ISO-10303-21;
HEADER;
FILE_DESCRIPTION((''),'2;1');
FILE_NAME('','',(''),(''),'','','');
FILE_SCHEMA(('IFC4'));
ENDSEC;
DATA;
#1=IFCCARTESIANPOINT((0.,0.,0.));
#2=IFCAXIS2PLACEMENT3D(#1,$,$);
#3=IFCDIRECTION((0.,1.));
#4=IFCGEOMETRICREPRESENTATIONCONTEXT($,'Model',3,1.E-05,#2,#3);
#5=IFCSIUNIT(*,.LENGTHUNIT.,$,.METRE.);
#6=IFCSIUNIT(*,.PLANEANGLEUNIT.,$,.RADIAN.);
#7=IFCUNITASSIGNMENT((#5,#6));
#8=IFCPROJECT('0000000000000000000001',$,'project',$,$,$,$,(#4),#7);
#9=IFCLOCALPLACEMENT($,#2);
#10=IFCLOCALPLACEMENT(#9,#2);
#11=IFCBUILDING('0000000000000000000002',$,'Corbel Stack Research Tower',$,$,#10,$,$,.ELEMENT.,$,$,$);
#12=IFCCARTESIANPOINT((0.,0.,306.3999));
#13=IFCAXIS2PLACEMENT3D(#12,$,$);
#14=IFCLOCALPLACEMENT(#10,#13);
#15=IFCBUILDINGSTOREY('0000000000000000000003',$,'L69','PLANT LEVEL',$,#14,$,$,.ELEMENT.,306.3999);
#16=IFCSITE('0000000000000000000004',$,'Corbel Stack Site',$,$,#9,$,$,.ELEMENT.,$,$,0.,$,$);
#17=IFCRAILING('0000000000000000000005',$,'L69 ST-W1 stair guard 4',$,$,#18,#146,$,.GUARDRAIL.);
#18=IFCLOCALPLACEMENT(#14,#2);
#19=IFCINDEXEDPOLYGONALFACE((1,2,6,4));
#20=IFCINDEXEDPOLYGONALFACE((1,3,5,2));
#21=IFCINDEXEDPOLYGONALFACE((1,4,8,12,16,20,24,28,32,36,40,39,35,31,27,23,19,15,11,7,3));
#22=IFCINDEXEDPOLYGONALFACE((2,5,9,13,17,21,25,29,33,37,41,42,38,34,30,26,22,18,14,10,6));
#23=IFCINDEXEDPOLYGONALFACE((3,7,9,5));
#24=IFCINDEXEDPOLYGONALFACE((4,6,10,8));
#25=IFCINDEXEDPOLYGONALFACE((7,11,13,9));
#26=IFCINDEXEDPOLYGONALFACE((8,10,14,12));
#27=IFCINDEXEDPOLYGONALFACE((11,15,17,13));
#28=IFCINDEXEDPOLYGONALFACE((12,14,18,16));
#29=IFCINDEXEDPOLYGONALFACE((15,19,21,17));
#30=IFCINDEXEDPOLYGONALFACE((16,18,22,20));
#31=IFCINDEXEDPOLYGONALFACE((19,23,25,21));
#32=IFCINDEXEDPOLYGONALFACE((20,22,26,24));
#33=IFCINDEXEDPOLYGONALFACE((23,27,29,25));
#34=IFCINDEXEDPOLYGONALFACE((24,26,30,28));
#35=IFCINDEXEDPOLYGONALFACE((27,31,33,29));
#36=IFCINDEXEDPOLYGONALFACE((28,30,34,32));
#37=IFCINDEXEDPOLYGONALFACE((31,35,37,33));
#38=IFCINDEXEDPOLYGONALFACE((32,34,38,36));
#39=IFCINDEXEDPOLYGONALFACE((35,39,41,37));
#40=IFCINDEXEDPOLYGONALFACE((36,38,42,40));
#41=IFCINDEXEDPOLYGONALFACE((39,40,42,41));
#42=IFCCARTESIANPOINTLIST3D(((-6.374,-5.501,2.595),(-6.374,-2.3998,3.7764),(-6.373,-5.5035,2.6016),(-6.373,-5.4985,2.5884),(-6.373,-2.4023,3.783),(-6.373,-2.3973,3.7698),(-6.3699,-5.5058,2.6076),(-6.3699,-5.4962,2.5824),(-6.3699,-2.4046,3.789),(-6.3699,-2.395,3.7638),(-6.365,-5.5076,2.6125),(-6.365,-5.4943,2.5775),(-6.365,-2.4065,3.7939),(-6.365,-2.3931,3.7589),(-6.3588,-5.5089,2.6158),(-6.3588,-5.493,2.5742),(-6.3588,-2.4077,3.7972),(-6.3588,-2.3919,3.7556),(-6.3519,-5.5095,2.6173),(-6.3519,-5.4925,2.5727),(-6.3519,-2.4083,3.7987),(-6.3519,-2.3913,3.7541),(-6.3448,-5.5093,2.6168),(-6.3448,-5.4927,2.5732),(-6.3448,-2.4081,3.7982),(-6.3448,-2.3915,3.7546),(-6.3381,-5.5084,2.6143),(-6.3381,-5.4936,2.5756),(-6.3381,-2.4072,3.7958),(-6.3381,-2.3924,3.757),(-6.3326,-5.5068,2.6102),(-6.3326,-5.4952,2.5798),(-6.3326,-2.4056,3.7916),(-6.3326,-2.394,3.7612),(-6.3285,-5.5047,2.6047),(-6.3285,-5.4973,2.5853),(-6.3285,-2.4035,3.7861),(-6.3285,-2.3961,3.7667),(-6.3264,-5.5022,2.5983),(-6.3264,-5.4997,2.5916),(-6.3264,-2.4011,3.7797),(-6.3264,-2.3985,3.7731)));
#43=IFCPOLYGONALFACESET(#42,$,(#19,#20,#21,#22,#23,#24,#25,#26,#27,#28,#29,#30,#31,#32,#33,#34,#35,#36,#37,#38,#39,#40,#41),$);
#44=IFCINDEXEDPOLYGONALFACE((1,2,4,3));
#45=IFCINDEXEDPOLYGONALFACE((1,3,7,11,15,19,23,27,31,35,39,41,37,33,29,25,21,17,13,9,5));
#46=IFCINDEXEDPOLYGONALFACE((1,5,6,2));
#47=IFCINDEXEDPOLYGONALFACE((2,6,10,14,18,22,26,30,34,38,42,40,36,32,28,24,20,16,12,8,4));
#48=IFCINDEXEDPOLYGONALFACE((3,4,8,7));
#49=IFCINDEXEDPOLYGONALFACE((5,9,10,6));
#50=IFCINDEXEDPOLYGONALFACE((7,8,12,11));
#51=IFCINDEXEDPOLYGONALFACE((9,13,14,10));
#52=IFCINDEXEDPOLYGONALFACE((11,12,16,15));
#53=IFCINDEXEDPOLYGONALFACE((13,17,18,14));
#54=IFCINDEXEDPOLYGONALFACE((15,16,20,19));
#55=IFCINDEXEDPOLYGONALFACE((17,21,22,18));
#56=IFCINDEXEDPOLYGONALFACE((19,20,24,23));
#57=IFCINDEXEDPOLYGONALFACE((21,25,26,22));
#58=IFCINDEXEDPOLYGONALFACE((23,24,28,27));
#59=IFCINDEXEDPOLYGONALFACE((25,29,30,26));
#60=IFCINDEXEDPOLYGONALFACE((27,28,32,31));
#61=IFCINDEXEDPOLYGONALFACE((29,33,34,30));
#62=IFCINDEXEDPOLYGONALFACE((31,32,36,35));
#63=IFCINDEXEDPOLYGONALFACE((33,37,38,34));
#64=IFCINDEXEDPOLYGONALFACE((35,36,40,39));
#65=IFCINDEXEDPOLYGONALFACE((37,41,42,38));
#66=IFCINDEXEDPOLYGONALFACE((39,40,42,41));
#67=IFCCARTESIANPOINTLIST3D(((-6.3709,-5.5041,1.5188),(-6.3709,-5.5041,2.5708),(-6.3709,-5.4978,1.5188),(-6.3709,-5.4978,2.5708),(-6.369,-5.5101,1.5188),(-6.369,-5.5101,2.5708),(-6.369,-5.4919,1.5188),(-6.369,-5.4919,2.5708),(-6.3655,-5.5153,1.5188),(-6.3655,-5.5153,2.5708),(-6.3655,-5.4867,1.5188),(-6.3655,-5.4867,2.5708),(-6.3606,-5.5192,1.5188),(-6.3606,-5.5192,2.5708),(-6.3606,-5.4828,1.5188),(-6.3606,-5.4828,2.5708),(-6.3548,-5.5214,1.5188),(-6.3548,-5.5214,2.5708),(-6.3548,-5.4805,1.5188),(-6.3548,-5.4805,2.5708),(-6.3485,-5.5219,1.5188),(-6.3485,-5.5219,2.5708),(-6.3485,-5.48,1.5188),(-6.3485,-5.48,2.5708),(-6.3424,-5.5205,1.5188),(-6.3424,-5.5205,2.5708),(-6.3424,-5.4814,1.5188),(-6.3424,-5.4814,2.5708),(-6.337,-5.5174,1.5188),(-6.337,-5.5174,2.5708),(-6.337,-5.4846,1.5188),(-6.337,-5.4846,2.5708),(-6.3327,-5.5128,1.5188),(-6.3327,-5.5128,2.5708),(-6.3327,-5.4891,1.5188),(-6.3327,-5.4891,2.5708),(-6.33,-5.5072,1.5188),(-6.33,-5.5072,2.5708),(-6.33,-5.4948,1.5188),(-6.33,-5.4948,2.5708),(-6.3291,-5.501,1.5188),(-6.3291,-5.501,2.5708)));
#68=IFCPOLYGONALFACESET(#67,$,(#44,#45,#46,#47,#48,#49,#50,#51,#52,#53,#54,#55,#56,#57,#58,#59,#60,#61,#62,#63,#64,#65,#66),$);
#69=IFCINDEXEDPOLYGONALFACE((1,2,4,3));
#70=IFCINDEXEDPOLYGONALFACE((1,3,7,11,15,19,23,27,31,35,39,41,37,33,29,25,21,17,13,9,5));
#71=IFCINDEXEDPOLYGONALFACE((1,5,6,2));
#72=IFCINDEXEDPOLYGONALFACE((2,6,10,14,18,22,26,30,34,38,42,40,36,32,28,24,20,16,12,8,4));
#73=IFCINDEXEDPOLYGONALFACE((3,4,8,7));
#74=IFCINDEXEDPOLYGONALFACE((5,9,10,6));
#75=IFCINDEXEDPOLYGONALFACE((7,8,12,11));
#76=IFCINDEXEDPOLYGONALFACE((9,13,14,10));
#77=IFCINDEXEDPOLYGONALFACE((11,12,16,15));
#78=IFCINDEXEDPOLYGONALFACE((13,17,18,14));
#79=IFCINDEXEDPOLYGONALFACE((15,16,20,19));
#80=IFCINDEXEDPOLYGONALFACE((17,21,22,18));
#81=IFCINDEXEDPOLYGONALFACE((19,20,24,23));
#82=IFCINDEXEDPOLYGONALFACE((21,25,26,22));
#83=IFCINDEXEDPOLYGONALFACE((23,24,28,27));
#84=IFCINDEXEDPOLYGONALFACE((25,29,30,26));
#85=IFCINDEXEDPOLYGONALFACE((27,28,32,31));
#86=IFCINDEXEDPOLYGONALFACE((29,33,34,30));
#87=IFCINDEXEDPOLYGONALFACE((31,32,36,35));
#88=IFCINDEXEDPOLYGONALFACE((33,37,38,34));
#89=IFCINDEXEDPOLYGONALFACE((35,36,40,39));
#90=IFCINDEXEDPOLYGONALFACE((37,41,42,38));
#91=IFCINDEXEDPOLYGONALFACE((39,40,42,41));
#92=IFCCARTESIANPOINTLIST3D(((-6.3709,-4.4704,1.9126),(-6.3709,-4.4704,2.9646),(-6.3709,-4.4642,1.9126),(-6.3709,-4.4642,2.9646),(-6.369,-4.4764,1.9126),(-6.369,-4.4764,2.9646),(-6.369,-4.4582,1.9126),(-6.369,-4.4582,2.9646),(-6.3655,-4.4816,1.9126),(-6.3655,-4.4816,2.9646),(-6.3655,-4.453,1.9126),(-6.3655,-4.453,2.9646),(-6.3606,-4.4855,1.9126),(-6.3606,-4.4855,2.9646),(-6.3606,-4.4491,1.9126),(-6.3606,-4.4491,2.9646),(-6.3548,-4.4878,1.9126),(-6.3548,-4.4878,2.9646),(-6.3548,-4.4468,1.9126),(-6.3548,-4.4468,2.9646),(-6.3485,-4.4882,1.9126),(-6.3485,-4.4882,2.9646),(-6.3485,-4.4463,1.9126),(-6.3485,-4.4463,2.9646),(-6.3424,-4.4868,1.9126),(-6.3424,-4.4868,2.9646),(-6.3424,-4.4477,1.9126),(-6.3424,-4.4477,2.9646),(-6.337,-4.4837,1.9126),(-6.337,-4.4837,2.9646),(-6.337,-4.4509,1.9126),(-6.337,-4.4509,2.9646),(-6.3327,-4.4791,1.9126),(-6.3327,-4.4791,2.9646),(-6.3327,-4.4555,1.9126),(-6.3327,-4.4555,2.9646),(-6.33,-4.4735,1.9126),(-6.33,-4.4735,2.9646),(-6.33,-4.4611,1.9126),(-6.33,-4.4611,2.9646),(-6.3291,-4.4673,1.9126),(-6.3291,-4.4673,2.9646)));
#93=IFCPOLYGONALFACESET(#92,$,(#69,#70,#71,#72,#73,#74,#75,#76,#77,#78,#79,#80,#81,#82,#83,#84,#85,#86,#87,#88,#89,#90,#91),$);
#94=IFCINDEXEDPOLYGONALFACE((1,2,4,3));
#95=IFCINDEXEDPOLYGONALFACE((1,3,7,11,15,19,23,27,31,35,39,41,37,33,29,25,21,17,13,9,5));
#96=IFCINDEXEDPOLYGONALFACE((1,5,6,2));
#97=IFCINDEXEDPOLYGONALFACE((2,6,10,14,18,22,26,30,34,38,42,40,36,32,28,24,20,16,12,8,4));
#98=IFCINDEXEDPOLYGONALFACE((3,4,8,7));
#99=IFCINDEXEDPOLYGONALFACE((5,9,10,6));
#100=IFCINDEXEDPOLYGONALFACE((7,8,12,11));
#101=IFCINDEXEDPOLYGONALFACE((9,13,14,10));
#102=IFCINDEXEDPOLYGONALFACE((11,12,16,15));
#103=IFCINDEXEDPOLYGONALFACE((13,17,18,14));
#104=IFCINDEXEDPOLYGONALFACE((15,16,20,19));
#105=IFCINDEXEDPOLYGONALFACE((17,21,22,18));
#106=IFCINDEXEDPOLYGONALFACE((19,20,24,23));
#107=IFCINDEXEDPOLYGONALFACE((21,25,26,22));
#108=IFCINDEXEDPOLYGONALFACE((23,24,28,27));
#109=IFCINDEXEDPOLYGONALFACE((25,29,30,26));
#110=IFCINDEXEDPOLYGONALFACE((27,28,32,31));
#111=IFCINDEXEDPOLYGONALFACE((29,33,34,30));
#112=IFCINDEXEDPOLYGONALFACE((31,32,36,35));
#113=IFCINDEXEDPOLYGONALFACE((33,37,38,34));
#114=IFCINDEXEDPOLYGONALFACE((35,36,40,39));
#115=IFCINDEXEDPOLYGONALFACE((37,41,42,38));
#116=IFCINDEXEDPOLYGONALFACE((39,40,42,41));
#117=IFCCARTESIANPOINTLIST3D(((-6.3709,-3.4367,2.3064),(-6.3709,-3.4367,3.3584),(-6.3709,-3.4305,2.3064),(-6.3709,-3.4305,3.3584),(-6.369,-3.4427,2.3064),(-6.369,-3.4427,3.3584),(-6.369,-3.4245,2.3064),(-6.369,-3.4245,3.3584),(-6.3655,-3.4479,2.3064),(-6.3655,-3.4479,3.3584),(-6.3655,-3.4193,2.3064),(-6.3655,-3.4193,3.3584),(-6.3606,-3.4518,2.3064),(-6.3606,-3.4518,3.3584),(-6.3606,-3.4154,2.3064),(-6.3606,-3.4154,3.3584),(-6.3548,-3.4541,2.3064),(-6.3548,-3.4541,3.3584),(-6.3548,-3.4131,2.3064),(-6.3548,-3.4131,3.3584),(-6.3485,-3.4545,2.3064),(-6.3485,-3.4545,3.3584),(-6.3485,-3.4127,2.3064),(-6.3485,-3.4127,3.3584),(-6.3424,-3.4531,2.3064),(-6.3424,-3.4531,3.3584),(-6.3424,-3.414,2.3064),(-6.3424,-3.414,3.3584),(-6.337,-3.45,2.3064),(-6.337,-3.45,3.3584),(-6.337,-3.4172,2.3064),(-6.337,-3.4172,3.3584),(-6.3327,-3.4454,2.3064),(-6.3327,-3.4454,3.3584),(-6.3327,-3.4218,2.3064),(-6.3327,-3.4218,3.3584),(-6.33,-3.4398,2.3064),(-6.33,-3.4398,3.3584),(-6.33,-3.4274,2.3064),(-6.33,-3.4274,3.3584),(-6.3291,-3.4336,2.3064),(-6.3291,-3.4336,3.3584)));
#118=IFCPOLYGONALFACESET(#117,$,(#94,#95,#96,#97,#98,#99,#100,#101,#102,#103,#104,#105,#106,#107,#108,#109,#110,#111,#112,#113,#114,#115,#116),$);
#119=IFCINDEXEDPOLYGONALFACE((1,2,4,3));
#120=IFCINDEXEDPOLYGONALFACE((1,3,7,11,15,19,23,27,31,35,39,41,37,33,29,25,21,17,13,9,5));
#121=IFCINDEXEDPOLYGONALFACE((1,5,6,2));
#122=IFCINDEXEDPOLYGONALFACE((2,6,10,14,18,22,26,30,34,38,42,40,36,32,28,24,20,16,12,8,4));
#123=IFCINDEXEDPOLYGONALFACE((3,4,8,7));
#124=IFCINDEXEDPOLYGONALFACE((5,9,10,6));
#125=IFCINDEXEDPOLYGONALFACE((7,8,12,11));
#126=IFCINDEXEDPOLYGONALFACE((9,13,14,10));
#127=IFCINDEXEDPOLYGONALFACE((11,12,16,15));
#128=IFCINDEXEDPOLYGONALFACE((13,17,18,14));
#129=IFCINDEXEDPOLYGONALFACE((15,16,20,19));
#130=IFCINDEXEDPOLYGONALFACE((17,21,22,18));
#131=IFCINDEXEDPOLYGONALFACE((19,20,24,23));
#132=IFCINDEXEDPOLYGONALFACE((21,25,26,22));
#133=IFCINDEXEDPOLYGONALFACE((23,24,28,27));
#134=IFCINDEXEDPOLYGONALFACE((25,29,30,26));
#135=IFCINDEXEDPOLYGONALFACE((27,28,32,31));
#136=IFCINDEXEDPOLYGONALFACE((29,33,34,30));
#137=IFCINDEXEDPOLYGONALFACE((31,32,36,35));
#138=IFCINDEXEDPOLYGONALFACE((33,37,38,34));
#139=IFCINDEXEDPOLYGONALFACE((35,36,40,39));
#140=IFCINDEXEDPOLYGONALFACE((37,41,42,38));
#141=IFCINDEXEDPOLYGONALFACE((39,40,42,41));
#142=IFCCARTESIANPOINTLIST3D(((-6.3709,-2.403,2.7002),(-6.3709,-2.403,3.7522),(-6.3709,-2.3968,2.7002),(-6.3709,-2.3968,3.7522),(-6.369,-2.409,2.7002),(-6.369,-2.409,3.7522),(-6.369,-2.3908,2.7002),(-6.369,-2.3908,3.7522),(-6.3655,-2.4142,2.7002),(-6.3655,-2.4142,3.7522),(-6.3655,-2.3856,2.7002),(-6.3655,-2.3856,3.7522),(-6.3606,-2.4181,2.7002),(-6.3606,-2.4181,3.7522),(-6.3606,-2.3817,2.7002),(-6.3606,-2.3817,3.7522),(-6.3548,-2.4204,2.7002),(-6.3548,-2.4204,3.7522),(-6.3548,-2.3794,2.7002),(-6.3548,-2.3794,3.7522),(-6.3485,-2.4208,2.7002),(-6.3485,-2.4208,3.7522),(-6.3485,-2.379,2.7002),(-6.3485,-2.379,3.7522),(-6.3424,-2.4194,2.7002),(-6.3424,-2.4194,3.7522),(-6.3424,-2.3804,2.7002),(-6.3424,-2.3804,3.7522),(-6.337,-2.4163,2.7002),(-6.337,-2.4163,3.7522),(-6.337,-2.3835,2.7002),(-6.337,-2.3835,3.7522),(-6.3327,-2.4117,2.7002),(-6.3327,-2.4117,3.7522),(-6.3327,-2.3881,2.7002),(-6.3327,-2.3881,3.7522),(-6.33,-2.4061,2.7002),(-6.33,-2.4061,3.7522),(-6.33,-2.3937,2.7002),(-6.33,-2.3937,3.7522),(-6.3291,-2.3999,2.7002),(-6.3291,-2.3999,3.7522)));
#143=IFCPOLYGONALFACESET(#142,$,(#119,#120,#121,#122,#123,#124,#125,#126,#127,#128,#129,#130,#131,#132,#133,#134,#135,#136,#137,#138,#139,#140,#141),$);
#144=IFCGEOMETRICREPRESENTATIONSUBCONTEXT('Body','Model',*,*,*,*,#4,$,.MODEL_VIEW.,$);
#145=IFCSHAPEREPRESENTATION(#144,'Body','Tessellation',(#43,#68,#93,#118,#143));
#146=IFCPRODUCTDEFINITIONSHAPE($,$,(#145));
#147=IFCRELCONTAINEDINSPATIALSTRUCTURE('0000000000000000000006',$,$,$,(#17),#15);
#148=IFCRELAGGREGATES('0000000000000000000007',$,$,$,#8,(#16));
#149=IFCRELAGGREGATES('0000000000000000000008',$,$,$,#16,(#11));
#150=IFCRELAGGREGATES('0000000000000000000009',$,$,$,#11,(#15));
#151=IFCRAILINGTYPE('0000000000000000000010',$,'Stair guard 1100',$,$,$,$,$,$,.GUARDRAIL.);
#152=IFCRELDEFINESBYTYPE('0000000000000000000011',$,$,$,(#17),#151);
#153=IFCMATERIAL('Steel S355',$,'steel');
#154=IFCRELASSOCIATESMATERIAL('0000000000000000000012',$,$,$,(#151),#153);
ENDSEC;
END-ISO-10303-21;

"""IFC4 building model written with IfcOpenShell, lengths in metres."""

from ifc_helpers import new_model, si_unit, direction, frame, origin, origin_2d, place, context, subcontext, project, spatial, circle, extrude, material, type_object, element, save


model = new_model("IFC4")

# Units and contexts
model_context = context("Model", 3, precision=1e-05, world=origin(), true_north=direction((0.0, 1.0)))
body_context = subcontext(model_context, "Body", "Model", "MODEL_VIEW")
ifc_project = project(units=[si_unit("LENGTHUNIT", "METRE"), si_unit("PLANEANGLEUNIT", "RADIAN")], contexts=[model_context])

# Site, building, storey
site_placement = place(None, origin())
site = spatial("IfcSite", under=ifc_project, at=site_placement, Name="Corbel Stack Site", CompositionType="ELEMENT", RefElevation=0.0)
building_placement = place(site_placement, origin())
building = spatial("IfcBuilding", under=site, at=building_placement, Name="Corbel Stack Research Tower", CompositionType="ELEMENT")
storey_placement = place(building_placement, frame((0.0, 0.0, 306.3999)))
storey = spatial("IfcBuildingStorey", under=building, at=storey_placement, Name="L69", Description="PLANT LEVEL", CompositionType="ELEMENT", Elevation=306.3999)

# Railing
ifc_material_1 = material(Name="Steel S355", Category="steel")
railing_type_1 = type_object("IfcRailingType", Name="Stair guard 1100", PredefinedType="GUARDRAIL", material=ifc_material_1)
railing_1_placement = place(storey_placement, frame((-6.3501, -5.501, 1.5188)))
element("IfcRailing", 1, at=railing_1_placement, inside=storey, type_object=railing_type_1, Name="L69 ST-W1 stair guard 4", PredefinedType="GUARDRAIL", context=body_context, shape_type="SweptSolid", body=[
    extrude(circle(Radius=0.0239, at=origin_2d()), frame((0.0, 0.0, 1.0762), z_axis=(0.0, 0.934484, 0.356005), x_axis=(-1.0, 0.0, 0.0)), (0.0, 0.0, 1.0), 3.3186),
    extrude(circle(Radius=0.021, at=origin_2d()), origin(), (0.0, 0.0, 1.0), 1.052),
    extrude(circle(Radius=0.021, at=origin_2d()), frame((0.0, 1.0337, 0.3938)), (0.0, 0.0, 1.0), 1.052),
    extrude(circle(Radius=0.021, at=origin_2d()), frame((0.0, 2.0674, 0.7876)), (0.0, 0.0, 1.0), 1.052),
    extrude(circle(Radius=0.021, at=origin_2d()), frame((0.0, 3.1011, 1.1814)), (0.0, 0.0, 1.0), 1.052),
])

save(model, "model.ifc")
